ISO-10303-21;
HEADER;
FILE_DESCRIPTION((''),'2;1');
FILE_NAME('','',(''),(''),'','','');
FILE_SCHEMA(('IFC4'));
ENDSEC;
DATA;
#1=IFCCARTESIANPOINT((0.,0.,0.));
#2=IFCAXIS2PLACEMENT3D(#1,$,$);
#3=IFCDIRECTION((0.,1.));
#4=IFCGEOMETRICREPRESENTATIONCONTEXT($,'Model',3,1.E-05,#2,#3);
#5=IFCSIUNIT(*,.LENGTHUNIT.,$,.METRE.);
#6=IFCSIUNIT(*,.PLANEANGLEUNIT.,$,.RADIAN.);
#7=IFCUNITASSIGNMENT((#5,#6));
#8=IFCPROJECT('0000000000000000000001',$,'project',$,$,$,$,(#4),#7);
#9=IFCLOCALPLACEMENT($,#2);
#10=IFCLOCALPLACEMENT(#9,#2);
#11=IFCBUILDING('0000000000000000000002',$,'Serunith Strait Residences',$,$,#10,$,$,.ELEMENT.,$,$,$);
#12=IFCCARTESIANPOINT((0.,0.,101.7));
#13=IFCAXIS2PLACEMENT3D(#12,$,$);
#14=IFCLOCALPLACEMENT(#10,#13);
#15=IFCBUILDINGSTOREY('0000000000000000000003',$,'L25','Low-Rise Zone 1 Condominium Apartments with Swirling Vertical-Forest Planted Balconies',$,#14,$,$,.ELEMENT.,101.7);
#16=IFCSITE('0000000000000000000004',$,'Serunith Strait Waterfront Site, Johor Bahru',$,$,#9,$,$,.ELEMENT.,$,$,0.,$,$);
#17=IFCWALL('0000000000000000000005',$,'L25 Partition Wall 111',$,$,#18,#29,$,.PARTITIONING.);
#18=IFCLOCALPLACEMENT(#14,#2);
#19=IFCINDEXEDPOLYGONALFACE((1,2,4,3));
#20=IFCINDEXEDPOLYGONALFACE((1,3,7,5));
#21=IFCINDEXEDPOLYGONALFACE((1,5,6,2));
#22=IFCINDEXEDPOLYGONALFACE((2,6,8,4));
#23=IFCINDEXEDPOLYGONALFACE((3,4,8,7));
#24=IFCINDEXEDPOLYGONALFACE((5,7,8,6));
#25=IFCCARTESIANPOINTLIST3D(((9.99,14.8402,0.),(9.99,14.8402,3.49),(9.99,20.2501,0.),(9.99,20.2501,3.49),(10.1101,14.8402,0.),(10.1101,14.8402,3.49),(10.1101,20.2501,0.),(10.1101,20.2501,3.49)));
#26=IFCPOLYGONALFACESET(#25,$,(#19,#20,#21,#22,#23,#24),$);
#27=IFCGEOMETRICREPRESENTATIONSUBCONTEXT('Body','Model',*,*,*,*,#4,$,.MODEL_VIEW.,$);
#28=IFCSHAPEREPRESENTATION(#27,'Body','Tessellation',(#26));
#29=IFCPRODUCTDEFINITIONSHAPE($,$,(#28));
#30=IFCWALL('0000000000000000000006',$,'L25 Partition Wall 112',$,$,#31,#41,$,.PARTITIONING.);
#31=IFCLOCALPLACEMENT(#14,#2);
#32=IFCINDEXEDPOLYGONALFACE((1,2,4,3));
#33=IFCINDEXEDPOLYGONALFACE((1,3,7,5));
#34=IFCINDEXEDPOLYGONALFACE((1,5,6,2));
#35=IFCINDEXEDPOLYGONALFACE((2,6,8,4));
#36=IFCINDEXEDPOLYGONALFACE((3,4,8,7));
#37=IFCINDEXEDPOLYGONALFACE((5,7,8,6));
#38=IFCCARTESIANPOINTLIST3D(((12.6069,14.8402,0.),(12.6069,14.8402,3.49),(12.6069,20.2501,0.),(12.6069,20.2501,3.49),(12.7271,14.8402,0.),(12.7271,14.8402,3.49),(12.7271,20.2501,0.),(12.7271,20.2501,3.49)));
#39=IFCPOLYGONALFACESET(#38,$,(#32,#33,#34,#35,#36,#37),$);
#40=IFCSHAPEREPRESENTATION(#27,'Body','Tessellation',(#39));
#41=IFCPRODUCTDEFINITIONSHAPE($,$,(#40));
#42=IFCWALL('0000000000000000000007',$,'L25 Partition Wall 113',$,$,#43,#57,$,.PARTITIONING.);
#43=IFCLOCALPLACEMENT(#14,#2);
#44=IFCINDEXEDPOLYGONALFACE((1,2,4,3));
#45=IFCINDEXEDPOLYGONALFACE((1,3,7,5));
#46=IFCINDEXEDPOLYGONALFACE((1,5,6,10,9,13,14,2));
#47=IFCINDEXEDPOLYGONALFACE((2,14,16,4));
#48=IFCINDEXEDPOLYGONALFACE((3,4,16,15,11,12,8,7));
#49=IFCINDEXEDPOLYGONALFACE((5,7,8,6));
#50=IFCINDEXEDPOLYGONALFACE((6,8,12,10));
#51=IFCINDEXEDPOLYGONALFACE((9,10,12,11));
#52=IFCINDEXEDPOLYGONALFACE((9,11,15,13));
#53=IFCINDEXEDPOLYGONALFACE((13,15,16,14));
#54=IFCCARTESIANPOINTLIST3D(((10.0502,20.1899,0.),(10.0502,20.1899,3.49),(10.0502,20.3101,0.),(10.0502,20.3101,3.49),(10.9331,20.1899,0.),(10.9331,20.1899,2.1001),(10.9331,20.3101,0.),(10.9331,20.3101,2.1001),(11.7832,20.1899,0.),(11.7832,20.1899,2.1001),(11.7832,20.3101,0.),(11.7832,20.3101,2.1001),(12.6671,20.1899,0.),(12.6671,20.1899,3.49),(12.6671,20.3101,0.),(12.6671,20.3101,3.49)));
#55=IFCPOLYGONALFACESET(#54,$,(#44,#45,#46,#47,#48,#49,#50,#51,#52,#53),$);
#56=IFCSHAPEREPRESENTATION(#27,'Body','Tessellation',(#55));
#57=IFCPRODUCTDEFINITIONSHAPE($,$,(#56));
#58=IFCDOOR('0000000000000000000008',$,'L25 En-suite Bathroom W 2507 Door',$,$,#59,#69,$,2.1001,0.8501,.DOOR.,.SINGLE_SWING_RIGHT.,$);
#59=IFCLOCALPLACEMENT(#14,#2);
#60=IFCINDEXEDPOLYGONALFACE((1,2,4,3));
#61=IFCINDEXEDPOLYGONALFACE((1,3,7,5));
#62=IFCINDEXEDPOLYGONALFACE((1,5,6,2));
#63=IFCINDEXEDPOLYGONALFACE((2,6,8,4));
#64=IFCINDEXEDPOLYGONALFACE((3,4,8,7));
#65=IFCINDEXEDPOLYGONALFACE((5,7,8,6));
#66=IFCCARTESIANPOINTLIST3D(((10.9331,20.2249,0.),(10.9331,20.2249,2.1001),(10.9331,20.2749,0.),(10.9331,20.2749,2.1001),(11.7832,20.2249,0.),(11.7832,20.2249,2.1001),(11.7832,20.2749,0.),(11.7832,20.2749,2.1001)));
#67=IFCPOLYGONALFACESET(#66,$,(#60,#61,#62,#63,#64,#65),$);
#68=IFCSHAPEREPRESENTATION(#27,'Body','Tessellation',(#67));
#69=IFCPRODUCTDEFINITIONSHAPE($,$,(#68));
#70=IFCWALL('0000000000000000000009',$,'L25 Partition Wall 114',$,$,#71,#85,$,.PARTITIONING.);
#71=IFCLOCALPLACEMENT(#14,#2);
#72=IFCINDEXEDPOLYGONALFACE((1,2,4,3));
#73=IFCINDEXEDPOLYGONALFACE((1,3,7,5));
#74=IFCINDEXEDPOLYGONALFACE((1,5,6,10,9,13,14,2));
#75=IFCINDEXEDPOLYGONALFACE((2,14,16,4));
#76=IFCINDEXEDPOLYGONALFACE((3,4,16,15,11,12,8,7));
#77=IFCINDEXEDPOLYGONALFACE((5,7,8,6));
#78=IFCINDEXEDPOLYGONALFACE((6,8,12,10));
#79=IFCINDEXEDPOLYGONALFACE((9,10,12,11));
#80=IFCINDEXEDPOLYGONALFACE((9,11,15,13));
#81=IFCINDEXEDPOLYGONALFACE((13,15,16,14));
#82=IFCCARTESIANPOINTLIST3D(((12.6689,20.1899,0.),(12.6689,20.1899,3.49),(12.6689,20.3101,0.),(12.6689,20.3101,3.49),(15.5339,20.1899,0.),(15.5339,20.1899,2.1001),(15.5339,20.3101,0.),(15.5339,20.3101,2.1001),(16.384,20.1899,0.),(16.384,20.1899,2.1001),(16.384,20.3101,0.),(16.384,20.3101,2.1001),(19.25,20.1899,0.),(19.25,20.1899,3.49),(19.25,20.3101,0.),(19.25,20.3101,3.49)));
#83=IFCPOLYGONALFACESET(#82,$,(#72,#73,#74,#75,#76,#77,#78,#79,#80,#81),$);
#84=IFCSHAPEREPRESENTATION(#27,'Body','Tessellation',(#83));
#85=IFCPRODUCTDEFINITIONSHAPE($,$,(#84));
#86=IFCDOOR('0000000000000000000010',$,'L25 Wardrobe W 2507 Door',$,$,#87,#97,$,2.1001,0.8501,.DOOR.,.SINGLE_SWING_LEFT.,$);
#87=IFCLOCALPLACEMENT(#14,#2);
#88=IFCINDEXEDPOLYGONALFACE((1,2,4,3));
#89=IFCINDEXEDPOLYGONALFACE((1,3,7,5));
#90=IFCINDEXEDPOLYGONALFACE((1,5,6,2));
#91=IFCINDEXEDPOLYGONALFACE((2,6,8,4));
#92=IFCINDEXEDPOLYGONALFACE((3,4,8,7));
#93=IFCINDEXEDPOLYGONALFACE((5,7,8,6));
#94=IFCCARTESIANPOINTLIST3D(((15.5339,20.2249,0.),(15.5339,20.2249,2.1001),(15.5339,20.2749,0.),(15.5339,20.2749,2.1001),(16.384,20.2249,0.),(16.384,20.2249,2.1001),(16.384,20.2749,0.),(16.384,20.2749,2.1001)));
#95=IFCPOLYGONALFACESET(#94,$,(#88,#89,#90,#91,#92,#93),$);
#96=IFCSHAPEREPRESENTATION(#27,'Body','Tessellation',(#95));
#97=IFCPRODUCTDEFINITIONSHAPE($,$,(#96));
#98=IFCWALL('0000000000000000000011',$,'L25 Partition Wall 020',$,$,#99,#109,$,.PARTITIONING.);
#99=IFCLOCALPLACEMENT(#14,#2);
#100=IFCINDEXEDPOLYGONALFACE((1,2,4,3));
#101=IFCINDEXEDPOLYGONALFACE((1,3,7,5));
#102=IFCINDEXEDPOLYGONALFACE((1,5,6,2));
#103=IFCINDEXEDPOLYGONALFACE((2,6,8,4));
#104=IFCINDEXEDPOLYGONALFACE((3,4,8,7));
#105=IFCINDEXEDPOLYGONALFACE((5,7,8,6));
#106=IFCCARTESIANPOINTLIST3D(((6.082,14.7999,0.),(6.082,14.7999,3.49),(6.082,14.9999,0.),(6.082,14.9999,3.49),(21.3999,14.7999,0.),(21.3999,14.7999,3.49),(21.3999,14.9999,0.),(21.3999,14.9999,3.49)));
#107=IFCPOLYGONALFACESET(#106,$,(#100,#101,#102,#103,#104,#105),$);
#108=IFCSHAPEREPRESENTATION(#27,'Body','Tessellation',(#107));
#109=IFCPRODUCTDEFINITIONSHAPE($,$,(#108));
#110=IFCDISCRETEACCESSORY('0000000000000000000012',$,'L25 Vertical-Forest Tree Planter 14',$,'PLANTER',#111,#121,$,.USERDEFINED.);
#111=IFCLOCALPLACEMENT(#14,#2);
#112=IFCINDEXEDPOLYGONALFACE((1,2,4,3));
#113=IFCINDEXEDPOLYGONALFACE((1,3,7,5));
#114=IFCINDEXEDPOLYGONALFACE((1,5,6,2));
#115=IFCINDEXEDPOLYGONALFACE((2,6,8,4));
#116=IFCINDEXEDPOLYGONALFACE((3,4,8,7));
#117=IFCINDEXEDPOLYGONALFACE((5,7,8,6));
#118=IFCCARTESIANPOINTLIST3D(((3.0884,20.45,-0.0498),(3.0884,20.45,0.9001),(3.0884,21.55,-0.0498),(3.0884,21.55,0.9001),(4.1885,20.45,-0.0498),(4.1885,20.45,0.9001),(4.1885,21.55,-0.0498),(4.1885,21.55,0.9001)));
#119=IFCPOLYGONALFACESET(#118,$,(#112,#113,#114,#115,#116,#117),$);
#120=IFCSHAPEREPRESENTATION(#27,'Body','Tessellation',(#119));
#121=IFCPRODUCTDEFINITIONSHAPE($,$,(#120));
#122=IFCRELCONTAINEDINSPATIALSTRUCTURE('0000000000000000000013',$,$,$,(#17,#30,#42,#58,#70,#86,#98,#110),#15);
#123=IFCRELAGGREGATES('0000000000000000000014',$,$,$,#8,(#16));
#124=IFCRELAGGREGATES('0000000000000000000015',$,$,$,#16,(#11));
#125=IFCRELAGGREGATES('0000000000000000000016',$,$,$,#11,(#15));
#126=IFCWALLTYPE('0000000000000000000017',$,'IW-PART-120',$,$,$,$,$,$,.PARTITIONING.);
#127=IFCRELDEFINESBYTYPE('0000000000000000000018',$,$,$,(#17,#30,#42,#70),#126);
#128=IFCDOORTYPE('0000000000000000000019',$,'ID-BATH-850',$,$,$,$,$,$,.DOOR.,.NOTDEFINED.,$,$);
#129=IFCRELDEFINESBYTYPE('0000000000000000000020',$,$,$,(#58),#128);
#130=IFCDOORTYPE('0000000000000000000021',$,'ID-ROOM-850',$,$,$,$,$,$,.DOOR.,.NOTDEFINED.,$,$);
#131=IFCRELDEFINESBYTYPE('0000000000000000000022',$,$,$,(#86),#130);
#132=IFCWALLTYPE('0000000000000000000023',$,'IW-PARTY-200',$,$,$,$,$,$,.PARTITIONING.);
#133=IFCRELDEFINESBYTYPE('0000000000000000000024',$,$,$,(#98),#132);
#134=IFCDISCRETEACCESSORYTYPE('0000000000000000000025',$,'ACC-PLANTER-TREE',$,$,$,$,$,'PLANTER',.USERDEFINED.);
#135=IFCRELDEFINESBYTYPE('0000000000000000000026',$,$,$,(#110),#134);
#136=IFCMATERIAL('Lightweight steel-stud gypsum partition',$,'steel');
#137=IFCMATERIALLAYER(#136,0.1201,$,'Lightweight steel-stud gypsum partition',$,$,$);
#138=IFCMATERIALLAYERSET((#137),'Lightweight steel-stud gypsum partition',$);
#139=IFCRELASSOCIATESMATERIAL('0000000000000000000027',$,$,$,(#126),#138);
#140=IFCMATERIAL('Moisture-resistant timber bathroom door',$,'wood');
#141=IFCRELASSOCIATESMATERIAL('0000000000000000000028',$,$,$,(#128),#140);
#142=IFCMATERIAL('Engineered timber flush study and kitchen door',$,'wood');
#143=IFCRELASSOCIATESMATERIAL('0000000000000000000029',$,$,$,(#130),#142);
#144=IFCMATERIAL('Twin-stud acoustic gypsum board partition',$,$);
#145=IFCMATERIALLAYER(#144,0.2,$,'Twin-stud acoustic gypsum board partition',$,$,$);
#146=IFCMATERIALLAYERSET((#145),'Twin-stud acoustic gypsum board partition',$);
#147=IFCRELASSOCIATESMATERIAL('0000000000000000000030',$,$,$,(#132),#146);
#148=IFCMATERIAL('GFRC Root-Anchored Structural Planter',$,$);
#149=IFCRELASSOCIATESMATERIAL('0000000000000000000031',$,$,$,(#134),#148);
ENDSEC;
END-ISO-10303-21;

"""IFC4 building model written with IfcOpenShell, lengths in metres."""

from ifc_helpers import new_model, si_unit, direction, frame, frame_2d, origin, origin_2d, place, context, subcontext, project, spatial, rectangle, extrude, source, transform, mapped, material, layer, layer_set, type_object, element, fill, save


model = new_model("IFC4")

# Units and contexts
model_context = context("Model", 3, precision=1e-05, world=origin(), true_north=direction((0.0, 1.0)))
body_context = subcontext(model_context, "Body", "Model", "MODEL_VIEW")
ifc_project = project(units=[si_unit("LENGTHUNIT", "METRE"), si_unit("PLANEANGLEUNIT", "RADIAN")], contexts=[model_context])

# Site, building, storey
site_placement = place(None, origin())
site = spatial("IfcSite", under=ifc_project, at=site_placement, Name="Serunith Strait Waterfront Site, Johor Bahru", CompositionType="ELEMENT", RefElevation=0.0)
building_placement = place(site_placement, origin())
building = spatial("IfcBuilding", under=site, at=building_placement, Name="Serunith Strait Residences", CompositionType="ELEMENT")
storey_placement = place(building_placement, frame((0.0, 0.0, 101.7)))
storey = spatial("IfcBuildingStorey", under=building, at=storey_placement, Name="L25", Description="Low-Rise Zone 1 Condominium Apartments with Swirling Vertical-Forest Planted Balconies", CompositionType="ELEMENT", Elevation=101.7)

# Walls
ifc_material_1 = material(Name="Lightweight steel-stud gypsum partition", Category="steel")
ifc_layer_1 = layer(ifc_material_1, 0.1201, Name="Lightweight steel-stud gypsum partition")
ifc_layer_set_1 = layer_set([ifc_layer_1], Name="Lightweight steel-stud gypsum partition")
wall_type_1 = type_object("IfcWallType", Name="IW-PART-120", PredefinedType="PARTITIONING", material=ifc_layer_set_1)
for number, where, z_axis, x_axis, name in (
    (1, (10.05, 14.8401, 0.0), (0.0, 0.0, 1.0), (0.0, 1.0, 0.0), "L25 Partition Wall 111"),
    (2, (12.667, 14.8401, 0.0), (0.0, 0.0, 1.0), (0.0, 1.0, 0.0), "L25 Partition Wall 112"),
):
    element("IfcWall", number, at=place(storey_placement, frame(where, z_axis=z_axis, x_axis=x_axis)), inside=storey, type_object=wall_type_1, Name=name, PredefinedType="PARTITIONING", context=body_context, shape_type="SweptSolid", body=[
        extrude(rectangle(XDim=5.4099, YDim=0.1201, at=frame_2d((2.7051, 0.0))), origin(), (0.0, 0.0, 1.0), 3.49),
    ])

# Walls, openings, doors
wall_1_placement = place(storey_placement, frame((10.05, 20.25, 0.0), z_axis=(0.0, 0.0, 1.0), x_axis=(1.0, 0.0, 0.0)))
wall_1 = element("IfcWall", 3, at=wall_1_placement, inside=storey, type_object=wall_type_1, Name="L25 Partition Wall 113", PredefinedType="PARTITIONING", context=body_context, shape_type="SweptSolid", body=[
    extrude(rectangle(XDim=2.6169, YDim=0.1201, at=frame_2d((1.3086, 0.0))), origin(), (0.0, 0.0, 1.0), 3.49),
])
opening_1_placement = place(wall_1_placement, frame((0.8831, 0.0, 0.0)))
opening_1 = element("IfcOpeningElement", 4, at=opening_1_placement, cuts=wall_1, PredefinedType="OPENING", context=body_context, shape_type="SweptSolid", body=[
    extrude(rectangle(XDim=0.8501, YDim=2.1001, at=frame_2d((0.425, 1.05))), frame((0.0, 0.0701, 0.0), z_axis=(0.0, -1.0, 0.0), x_axis=(1.0, 0.0, 0.0)), (0.0, 0.0, 1.0), 0.1401),
])
ifc_material_2 = material(Name="Moisture-resistant timber bathroom door", Category="wood")
door_type_1 = type_object("IfcDoorType", Name="ID-BATH-850", OperationType="NOTDEFINED", PredefinedType="DOOR", material=ifc_material_2)
shared_shape_1 = source(origin(), body_context, "Body", "SweptSolid", [
    extrude(rectangle(XDim=0.8501, YDim=2.1001, at=frame_2d((0.425, 1.05))), frame((0.0, 0.0249, 0.0), z_axis=(0.0, -1.0, 0.0), x_axis=(1.0, 0.0, 0.0)), (0.0, 0.0, 1.0), 0.05),
])
door_1_placement = place(opening_1_placement, origin())
door_1 = element("IfcDoor", 5, at=door_1_placement, inside=storey, type_object=door_type_1, Name="L25 En-suite Bathroom W 2507 Door", OperationType="SINGLE_SWING_RIGHT", OverallHeight=2.1001, OverallWidth=0.8501, PredefinedType="DOOR", context=body_context, shape_type="MappedRepresentation", body=[
    mapped(shared_shape_1, transform((0.0, 0.0, 0.0), scale=1.0)),
])
fill(opening_1, door_1)
wall_2_placement = place(storey_placement, frame((12.6689, 20.25, 0.0), z_axis=(0.0, 0.0, 1.0), x_axis=(1.0, 0.0, 0.0)))
wall_2 = element("IfcWall", 6, at=wall_2_placement, inside=storey, type_object=wall_type_1, Name="L25 Partition Wall 114", PredefinedType="PARTITIONING", context=body_context, shape_type="SweptSolid", body=[
    extrude(rectangle(XDim=6.5811, YDim=0.1201, at=frame_2d((3.2905, 0.0))), origin(), (0.0, 0.0, 1.0), 3.49),
])
opening_2_placement = place(wall_2_placement, frame((2.865, 0.0, 0.0)))
opening_2 = element("IfcOpeningElement", 7, at=opening_2_placement, cuts=wall_2, PredefinedType="OPENING", context=body_context, shape_type="SweptSolid", body=[
    extrude(rectangle(XDim=0.8501, YDim=2.1001, at=frame_2d((0.425, 1.05))), frame((0.0, 0.0701, 0.0), z_axis=(0.0, -1.0, 0.0), x_axis=(1.0, 0.0, 0.0)), (0.0, 0.0, 1.0), 0.1401),
])
ifc_material_3 = material(Name="Engineered timber flush study and kitchen door", Category="wood")
door_type_2 = type_object("IfcDoorType", Name="ID-ROOM-850", OperationType="NOTDEFINED", PredefinedType="DOOR", material=ifc_material_3)
door_2_placement = place(opening_2_placement, origin())
door_2 = element("IfcDoor", 8, at=door_2_placement, inside=storey, type_object=door_type_2, Name="L25 Wardrobe W 2507 Door", OperationType="SINGLE_SWING_LEFT", OverallHeight=2.1001, OverallWidth=0.8501, PredefinedType="DOOR", context=body_context, shape_type="MappedRepresentation", body=[
    mapped(shared_shape_1, transform((0.0, 0.0, 0.0), scale=1.0)),
])
fill(opening_2, door_2)

# Wall
ifc_material_4 = material(Name="Twin-stud acoustic gypsum board partition")
ifc_layer_2 = layer(ifc_material_4, 0.2, Name="Twin-stud acoustic gypsum board partition")
ifc_layer_set_2 = layer_set([ifc_layer_2], Name="Twin-stud acoustic gypsum board partition")
wall_type_2 = type_object("IfcWallType", Name="IW-PARTY-200", PredefinedType="PARTITIONING", material=ifc_layer_set_2)
wall_3_placement = place(storey_placement, frame((6.082, 14.8999, 0.0), z_axis=(0.0, 0.0, 1.0), x_axis=(1.0, 0.0, 0.0)))
element("IfcWall", 9, at=wall_3_placement, inside=storey, type_object=wall_type_2, Name="L25 Partition Wall 020", PredefinedType="PARTITIONING", context=body_context, shape_type="SweptSolid", body=[
    extrude(rectangle(XDim=15.3179, YDim=0.2, at=frame_2d((7.6589, 0.0))), origin(), (0.0, 0.0, 1.0), 3.49),
])

# Discrete accessory
ifc_material_5 = material(Name="GFRC Root-Anchored Structural Planter")
discrete_accessory_type = type_object("IfcDiscreteAccessoryType", Name="ACC-PLANTER-TREE", ElementType="PLANTER", PredefinedType="USERDEFINED", material=ifc_material_5)
shared_shape_2 = source(origin(), body_context, "Body", "SweptSolid", [
    extrude(rectangle(XDim=1.1001, YDim=1.1001, at=origin_2d()), origin(), (0.0, 0.0, 1.0), 0.95),
])
discrete_accessory_placement = place(storey_placement, frame((3.6384, 21.0, -0.0498), z_axis=(0.0, 0.0, 1.0), x_axis=(0.0, -1.0, 0.0)))
element("IfcDiscreteAccessory", 10, at=discrete_accessory_placement, inside=storey, type_object=discrete_accessory_type, Name="L25 Vertical-Forest Tree Planter 14", ObjectType="PLANTER", PredefinedType="USERDEFINED", context=body_context, shape_type="MappedRepresentation", body=[
    mapped(shared_shape_2, transform((0.0, 0.0, 0.0), scale=1.0)),
])

save(model, "model.ifc")
